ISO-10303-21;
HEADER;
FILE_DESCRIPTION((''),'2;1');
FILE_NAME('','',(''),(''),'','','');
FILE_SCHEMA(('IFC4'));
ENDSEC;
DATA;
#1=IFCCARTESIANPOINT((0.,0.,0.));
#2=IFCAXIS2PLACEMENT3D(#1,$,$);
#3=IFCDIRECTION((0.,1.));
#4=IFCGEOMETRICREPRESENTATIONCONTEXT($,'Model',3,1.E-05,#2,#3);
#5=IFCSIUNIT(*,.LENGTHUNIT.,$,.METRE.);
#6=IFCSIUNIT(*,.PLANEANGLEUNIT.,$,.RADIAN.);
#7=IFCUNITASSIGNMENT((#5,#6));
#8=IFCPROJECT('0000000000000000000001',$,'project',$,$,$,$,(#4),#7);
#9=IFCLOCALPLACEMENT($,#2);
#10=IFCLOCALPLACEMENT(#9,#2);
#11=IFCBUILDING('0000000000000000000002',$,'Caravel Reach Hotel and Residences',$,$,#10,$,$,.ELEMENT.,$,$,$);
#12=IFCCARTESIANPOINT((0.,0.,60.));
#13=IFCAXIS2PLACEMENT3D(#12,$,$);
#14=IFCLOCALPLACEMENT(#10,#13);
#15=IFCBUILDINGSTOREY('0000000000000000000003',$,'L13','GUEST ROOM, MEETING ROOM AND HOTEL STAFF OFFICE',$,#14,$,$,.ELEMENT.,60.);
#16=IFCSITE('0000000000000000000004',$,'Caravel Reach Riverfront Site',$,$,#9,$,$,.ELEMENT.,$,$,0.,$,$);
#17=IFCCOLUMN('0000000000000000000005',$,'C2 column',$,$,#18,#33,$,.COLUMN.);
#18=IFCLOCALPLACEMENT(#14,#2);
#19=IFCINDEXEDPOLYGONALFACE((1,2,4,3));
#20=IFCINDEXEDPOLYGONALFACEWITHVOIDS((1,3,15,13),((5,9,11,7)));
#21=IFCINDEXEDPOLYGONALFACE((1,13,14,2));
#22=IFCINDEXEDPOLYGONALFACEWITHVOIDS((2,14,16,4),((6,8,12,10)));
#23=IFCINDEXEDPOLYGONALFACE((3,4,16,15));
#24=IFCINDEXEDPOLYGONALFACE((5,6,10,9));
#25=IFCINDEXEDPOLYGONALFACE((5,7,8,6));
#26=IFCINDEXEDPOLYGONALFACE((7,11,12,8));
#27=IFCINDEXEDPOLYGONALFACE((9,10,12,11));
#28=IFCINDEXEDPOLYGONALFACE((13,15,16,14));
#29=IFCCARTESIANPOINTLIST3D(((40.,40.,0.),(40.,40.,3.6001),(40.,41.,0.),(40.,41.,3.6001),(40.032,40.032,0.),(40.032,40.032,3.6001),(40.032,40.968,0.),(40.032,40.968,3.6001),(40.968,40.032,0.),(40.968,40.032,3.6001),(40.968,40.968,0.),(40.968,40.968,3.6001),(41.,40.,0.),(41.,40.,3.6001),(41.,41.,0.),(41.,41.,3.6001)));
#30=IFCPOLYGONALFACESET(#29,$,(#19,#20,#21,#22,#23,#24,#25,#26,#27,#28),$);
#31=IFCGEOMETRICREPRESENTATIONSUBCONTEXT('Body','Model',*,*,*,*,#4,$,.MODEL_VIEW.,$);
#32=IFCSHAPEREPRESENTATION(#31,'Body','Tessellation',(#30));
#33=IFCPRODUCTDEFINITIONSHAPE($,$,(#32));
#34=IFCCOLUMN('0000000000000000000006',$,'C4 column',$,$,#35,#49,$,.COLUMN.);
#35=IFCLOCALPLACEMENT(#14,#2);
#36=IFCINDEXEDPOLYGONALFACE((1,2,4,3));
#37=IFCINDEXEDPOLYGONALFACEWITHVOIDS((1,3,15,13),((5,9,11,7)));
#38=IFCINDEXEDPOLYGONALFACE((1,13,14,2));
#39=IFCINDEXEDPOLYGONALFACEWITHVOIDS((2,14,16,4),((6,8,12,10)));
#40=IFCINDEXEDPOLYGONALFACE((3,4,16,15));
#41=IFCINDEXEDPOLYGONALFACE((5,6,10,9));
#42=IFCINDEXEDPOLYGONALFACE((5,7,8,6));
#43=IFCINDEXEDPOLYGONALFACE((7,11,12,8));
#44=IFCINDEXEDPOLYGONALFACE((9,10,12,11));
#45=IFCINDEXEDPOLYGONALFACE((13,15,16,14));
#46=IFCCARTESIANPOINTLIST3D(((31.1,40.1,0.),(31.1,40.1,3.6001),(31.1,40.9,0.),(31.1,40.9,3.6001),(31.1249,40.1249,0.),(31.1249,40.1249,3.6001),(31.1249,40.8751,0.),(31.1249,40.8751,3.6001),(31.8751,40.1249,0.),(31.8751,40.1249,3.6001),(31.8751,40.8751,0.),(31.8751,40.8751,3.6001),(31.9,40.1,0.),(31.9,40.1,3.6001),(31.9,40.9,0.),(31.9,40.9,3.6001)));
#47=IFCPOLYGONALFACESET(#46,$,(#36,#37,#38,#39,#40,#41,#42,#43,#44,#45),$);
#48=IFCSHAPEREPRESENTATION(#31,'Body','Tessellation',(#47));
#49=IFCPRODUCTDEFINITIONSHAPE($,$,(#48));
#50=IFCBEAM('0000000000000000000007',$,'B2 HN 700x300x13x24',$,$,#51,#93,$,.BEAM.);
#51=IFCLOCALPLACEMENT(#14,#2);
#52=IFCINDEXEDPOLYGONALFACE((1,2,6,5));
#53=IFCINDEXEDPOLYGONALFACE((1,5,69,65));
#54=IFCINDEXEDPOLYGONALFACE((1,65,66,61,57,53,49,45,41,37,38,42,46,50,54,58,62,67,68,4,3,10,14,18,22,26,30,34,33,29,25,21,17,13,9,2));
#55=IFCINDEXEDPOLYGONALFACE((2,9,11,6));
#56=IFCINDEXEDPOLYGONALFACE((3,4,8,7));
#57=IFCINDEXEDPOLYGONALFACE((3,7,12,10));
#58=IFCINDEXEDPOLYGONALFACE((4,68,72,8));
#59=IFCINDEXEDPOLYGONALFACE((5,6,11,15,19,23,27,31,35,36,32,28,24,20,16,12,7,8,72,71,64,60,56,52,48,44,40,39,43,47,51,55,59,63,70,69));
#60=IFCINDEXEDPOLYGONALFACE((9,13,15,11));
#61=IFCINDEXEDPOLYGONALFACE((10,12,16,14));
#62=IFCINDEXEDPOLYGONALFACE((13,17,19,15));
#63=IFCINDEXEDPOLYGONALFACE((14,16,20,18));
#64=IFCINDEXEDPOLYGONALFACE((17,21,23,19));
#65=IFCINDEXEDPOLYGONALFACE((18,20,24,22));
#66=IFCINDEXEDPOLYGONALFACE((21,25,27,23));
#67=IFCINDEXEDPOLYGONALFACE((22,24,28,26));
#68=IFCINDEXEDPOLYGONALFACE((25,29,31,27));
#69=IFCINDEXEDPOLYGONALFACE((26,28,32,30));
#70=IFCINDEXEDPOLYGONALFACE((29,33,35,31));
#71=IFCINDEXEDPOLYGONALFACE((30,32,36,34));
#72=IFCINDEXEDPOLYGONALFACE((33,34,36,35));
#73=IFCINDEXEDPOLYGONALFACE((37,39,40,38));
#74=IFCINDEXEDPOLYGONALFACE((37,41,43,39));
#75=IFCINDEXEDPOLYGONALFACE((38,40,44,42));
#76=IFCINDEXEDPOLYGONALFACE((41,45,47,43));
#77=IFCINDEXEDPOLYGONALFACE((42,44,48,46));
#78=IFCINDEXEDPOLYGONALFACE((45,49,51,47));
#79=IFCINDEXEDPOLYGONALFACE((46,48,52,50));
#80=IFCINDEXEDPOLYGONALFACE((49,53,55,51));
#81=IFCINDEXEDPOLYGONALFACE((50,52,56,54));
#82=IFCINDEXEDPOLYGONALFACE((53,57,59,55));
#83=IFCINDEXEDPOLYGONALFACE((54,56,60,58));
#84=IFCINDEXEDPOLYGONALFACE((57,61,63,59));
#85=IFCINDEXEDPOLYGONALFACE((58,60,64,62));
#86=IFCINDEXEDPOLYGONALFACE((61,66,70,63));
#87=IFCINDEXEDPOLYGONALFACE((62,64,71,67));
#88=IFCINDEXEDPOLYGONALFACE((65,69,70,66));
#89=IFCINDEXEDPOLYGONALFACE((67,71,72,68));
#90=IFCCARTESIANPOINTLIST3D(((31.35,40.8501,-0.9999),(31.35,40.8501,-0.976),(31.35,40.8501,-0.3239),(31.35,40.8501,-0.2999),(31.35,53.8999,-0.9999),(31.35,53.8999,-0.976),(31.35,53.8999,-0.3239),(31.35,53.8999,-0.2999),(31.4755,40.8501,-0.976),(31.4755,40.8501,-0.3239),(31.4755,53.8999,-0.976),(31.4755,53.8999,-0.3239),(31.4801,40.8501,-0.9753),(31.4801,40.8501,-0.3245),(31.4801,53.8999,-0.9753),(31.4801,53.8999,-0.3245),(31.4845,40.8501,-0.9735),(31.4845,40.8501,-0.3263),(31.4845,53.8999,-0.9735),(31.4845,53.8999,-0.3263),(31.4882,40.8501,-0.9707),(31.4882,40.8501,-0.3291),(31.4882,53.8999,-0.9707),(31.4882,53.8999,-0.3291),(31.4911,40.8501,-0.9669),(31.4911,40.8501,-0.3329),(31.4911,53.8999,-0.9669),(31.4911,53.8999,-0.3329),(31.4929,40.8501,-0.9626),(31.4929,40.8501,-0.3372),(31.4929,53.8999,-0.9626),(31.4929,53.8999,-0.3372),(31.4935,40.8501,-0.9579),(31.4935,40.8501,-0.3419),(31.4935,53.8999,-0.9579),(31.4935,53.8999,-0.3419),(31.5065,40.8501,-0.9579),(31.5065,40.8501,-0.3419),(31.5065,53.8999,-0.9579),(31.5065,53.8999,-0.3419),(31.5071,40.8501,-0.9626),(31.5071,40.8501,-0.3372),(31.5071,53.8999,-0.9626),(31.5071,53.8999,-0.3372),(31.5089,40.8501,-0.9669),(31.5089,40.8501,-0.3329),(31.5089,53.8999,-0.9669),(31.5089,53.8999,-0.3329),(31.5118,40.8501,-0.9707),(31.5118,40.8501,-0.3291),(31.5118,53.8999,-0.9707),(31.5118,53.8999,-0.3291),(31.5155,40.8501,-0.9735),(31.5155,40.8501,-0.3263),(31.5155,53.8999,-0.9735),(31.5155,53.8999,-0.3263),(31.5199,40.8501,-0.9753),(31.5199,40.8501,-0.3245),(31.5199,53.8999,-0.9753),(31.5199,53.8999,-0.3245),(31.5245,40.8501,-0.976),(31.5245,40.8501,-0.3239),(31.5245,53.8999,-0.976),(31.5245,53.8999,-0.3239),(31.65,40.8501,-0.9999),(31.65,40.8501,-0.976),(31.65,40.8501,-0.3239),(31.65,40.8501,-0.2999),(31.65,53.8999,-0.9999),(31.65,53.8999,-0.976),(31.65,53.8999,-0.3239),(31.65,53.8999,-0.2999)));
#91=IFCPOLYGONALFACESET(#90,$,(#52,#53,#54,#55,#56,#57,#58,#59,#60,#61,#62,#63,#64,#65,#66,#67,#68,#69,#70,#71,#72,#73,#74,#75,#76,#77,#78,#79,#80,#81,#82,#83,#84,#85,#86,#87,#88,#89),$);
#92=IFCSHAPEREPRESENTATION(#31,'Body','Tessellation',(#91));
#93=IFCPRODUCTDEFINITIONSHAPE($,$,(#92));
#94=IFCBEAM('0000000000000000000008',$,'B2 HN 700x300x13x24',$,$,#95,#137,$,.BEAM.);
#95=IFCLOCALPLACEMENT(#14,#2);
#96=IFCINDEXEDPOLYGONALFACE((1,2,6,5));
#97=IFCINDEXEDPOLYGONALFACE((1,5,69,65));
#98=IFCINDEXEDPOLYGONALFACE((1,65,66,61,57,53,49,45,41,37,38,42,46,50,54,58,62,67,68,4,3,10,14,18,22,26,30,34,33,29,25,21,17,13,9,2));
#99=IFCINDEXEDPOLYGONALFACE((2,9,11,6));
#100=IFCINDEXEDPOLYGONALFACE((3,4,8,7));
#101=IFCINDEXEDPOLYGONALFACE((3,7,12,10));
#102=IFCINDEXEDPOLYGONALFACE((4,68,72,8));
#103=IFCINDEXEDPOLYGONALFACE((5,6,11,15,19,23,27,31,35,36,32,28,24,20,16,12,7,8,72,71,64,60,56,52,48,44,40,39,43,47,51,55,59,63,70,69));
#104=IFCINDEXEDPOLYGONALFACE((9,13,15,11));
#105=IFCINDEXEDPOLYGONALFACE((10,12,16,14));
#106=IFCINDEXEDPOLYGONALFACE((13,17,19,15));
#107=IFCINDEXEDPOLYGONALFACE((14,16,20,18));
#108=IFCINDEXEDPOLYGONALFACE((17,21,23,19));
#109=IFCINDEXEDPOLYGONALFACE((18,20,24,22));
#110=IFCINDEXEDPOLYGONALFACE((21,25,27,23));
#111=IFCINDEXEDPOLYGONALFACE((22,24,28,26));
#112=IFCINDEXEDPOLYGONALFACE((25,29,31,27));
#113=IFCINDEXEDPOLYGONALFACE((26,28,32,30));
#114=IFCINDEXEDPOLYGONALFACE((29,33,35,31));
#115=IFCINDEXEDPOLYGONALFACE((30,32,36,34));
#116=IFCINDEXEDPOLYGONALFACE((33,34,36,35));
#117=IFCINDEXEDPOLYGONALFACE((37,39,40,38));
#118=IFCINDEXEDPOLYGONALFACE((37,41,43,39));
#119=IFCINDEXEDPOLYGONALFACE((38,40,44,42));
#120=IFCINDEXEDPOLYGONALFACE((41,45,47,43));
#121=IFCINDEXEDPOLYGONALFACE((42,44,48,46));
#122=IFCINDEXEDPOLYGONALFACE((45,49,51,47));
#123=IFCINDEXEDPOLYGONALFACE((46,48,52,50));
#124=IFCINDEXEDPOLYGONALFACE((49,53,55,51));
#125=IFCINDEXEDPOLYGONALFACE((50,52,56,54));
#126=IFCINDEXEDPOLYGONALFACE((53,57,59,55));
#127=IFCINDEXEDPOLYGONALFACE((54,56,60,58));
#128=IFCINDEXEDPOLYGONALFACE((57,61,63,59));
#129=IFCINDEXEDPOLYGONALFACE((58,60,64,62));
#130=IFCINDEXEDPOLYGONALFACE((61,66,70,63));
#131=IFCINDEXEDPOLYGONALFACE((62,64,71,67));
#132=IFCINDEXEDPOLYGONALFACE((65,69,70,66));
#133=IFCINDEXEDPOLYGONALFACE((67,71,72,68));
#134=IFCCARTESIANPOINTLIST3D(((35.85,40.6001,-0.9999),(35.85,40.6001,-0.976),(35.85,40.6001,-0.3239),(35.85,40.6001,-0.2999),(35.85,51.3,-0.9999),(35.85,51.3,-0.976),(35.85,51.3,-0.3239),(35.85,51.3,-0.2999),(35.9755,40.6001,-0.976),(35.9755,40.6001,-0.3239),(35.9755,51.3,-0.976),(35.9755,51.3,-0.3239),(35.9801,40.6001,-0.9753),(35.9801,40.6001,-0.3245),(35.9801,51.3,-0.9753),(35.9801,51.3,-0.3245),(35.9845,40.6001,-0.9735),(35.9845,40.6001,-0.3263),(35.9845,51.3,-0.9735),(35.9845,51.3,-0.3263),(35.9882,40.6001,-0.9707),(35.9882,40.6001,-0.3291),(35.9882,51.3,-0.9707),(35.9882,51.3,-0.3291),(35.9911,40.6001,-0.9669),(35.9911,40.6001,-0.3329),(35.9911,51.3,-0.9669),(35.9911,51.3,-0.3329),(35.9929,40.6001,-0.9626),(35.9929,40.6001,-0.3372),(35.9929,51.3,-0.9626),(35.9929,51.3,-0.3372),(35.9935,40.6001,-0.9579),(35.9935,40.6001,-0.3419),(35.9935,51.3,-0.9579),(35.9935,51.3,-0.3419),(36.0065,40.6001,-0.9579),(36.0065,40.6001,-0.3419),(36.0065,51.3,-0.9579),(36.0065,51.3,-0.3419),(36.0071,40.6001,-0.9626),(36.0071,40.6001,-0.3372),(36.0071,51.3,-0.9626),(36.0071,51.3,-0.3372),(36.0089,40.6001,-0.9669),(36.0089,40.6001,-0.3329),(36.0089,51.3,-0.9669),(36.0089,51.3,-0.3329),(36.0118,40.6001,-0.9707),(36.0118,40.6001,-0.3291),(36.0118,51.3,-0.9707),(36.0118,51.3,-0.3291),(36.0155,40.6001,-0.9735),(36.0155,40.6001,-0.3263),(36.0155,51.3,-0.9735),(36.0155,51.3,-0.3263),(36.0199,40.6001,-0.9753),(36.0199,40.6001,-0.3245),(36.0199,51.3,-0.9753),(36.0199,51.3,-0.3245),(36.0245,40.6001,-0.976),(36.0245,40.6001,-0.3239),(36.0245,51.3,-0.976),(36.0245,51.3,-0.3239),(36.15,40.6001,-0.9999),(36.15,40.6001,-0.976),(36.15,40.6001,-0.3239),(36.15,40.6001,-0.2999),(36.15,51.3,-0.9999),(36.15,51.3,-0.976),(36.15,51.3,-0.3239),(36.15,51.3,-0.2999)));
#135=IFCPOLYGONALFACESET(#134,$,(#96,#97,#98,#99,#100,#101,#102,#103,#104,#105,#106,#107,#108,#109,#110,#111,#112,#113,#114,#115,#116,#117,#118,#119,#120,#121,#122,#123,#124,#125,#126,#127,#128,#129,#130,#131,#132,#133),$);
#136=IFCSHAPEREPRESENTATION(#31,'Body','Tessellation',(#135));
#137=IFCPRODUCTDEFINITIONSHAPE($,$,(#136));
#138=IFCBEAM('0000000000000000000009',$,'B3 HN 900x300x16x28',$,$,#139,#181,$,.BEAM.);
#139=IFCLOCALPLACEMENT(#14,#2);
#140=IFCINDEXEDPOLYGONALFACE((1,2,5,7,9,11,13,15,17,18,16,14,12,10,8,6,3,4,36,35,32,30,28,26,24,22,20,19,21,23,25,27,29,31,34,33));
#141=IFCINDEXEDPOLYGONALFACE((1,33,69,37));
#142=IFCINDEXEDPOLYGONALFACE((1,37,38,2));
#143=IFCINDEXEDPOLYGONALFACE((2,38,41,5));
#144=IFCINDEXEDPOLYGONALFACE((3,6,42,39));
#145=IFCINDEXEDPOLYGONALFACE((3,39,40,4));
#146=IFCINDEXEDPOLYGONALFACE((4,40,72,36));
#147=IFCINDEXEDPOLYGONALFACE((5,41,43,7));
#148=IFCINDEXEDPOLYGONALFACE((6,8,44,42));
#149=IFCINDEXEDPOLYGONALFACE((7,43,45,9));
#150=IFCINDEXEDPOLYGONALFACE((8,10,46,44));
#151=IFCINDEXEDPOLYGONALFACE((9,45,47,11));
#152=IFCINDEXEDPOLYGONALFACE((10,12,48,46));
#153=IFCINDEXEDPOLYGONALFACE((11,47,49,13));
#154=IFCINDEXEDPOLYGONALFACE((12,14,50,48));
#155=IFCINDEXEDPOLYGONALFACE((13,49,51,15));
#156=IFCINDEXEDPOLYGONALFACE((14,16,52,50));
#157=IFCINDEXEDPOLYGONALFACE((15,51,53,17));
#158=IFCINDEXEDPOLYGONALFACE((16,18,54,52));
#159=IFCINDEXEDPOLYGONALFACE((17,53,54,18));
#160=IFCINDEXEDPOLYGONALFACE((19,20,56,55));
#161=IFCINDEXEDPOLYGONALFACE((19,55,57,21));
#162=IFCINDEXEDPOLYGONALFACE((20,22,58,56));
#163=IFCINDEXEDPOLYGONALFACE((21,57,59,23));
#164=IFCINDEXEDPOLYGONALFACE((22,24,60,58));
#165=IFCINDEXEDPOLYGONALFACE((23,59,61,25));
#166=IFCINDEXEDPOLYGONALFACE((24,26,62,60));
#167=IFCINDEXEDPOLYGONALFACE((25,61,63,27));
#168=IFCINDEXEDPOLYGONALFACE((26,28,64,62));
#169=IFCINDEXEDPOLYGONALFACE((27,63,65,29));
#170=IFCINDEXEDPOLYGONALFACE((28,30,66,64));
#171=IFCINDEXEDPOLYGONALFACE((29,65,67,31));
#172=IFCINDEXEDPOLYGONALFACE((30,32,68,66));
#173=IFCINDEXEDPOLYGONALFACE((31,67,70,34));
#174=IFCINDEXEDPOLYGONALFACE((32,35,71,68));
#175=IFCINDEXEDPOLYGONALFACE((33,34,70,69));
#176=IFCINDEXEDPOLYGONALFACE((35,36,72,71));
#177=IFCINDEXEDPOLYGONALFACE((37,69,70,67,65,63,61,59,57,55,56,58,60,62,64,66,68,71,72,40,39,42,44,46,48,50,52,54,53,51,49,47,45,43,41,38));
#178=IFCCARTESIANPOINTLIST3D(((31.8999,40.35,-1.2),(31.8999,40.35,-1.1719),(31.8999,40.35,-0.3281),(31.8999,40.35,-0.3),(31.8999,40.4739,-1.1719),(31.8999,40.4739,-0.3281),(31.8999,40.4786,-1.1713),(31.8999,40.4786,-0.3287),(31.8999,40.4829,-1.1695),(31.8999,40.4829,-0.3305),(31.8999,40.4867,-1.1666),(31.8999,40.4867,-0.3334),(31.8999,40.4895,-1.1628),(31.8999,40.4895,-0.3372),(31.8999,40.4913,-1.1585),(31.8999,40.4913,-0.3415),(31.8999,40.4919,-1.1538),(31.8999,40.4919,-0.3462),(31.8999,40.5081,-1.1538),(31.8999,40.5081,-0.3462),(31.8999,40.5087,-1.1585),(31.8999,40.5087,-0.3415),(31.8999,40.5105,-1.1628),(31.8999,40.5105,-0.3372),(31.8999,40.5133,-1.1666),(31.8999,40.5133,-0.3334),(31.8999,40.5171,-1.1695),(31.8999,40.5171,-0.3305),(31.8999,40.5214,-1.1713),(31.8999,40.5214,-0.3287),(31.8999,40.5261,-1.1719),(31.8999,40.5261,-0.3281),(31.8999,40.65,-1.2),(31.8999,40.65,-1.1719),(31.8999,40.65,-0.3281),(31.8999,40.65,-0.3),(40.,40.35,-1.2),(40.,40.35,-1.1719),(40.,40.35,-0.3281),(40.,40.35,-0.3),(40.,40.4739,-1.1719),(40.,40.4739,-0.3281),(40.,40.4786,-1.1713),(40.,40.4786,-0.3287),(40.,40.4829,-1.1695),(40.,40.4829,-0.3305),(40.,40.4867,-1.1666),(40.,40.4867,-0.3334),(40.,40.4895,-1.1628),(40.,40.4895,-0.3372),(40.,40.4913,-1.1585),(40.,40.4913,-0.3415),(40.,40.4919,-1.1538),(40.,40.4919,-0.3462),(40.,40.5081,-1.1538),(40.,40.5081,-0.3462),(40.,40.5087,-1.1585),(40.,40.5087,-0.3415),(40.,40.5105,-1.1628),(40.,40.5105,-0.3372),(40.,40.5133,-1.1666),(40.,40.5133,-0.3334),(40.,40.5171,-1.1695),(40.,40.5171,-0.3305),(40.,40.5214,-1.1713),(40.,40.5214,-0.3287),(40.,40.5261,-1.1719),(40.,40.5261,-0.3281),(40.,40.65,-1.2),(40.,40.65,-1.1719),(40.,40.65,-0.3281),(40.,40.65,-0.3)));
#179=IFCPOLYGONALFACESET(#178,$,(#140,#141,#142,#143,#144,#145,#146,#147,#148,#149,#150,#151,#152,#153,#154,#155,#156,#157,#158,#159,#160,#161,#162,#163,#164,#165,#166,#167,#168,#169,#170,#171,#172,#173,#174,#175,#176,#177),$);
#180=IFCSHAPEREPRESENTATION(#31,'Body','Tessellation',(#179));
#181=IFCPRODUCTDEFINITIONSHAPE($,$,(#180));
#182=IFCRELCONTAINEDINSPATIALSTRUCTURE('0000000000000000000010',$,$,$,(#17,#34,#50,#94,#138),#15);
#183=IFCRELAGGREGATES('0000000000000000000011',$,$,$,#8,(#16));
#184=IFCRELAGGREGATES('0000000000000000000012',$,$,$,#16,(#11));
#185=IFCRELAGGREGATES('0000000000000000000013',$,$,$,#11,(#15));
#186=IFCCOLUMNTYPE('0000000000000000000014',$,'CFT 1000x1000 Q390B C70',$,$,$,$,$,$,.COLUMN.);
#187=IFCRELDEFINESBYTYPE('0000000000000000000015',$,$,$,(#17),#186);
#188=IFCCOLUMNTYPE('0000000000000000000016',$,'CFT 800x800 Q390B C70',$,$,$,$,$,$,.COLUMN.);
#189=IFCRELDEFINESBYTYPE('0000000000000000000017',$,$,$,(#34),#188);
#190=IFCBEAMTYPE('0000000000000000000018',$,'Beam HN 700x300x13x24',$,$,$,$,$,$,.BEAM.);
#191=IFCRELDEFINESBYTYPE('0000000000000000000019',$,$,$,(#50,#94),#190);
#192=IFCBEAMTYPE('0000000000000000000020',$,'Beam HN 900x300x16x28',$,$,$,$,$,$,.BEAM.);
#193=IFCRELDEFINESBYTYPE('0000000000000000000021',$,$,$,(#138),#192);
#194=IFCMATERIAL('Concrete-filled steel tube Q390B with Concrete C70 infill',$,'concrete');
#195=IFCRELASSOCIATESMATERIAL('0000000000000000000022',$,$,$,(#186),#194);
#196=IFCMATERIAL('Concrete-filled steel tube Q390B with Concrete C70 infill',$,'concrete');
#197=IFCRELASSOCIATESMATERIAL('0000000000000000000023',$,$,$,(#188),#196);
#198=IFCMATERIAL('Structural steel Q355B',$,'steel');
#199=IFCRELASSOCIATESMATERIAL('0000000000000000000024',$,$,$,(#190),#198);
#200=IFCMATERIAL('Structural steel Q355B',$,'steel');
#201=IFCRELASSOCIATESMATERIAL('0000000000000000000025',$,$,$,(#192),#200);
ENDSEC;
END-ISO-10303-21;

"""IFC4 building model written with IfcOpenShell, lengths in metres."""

from ifc_helpers import new_model, si_unit, direction, frame, origin, origin_2d, place, context, subcontext, project, spatial, hollow_rectangle, i_section, extrude, material, material_profile, profile_set, type_object, element, save


model = new_model("IFC4")

# Units and contexts
model_context = context("Model", 3, precision=1e-05, world=origin(), true_north=direction((0.0, 1.0)))
body_context = subcontext(model_context, "Body", "Model", "MODEL_VIEW")
ifc_project = project(units=[si_unit("LENGTHUNIT", "METRE"), si_unit("PLANEANGLEUNIT", "RADIAN")], contexts=[model_context])

# Site, building, storey
site_placement = place(None, origin())
site = spatial("IfcSite", under=ifc_project, at=site_placement, Name="Caravel Reach Riverfront Site", CompositionType="ELEMENT", RefElevation=0.0)
building_placement = place(site_placement, origin())
building = spatial("IfcBuilding", under=site, at=building_placement, Name="Caravel Reach Hotel and Residences", CompositionType="ELEMENT")
storey_placement = place(building_placement, frame((0.0, 0.0, 60.0)))
storey = spatial("IfcBuildingStorey", under=building, at=storey_placement, Name="L13", Description="GUEST ROOM, MEETING ROOM AND HOTEL STAFF OFFICE", CompositionType="ELEMENT", Elevation=60.0)

# Columns
ifc_material_1 = material(Name="Concrete-filled steel tube Q390B with Concrete C70 infill", Category="concrete")
ifc_material_profile_1 = material_profile(ifc_material_1, hollow_rectangle(XDim=1.0, YDim=1.0, WallThickness=0.032, at=origin_2d()), Name="RHS 1000x1000x32")
ifc_profile_set_1 = profile_set([ifc_material_profile_1], Name="Concrete-filled steel tube Q390B with Concrete C70 infill")
column_type_1 = type_object("IfcColumnType", Name="CFT 1000x1000 Q390B C70", PredefinedType="COLUMN", material=ifc_profile_set_1)
column_1_placement = place(storey_placement, frame((40.5, 40.5, 0.0), z_axis=(0.0, 0.0, 1.0), x_axis=(1.0, 0.0, 0.0)))
element("IfcColumn", 1, at=column_1_placement, inside=storey, type_object=column_type_1, Name="C2 column", PredefinedType="COLUMN", context=body_context, shape_type="SweptSolid", body=[
    extrude(hollow_rectangle(XDim=1.0, YDim=1.0, WallThickness=0.032, at=origin_2d()), origin(), (0.0, 0.0, 1.0), 3.6001),
])
ifc_material_2 = material(Name="Concrete-filled steel tube Q390B with Concrete C70 infill", Category="concrete")
ifc_material_profile_2 = material_profile(ifc_material_2, hollow_rectangle(XDim=0.8, YDim=0.8, WallThickness=0.0249, at=origin_2d()), Name="RHS 800x800x25")
ifc_profile_set_2 = profile_set([ifc_material_profile_2], Name="Concrete-filled steel tube Q390B with Concrete C70 infill")
column_type_2 = type_object("IfcColumnType", Name="CFT 800x800 Q390B C70", PredefinedType="COLUMN", material=ifc_profile_set_2)
column_2_placement = place(storey_placement, frame((31.5, 40.5, 0.0), z_axis=(0.0, 0.0, 1.0), x_axis=(1.0, 0.0, 0.0)))
element("IfcColumn", 2, at=column_2_placement, inside=storey, type_object=column_type_2, Name="C4 column", PredefinedType="COLUMN", context=body_context, shape_type="SweptSolid", body=[
    extrude(hollow_rectangle(XDim=0.8, YDim=0.8, WallThickness=0.0249, at=origin_2d()), origin(), (0.0, 0.0, 1.0), 3.6001),
])

# Beams
ifc_material_3 = material(Name="Structural steel Q355B", Category="steel")
ifc_material_profile_3 = material_profile(ifc_material_3, i_section(OverallWidth=0.3, OverallDepth=0.7, WebThickness=0.0129, FlangeThickness=0.0239, FilletRadius=0.0181, at=origin_2d()), Name="HN 700x300x13x24")
ifc_profile_set_3 = profile_set([ifc_material_profile_3], Name="Structural steel Q355B")
beam_type_1 = type_object("IfcBeamType", Name="Beam HN 700x300x13x24", PredefinedType="BEAM", material=ifc_profile_set_3)
beam_1_placement = place(storey_placement, frame((31.5, 40.8501, -0.6499), z_axis=(0.0, 1.0, 0.0), x_axis=(-1.0, 0.0, 0.0)))
element("IfcBeam", 3, at=beam_1_placement, inside=storey, type_object=beam_type_1, Name="B2 HN 700x300x13x24", PredefinedType="BEAM", context=body_context, shape_type="SweptSolid", body=[
    extrude(i_section(OverallWidth=0.3, OverallDepth=0.7, WebThickness=0.0129, FlangeThickness=0.0239, FilletRadius=0.0181, at=origin_2d()), origin(), (0.0, 0.0, 1.0), 13.0498),
])
beam_2_placement = place(storey_placement, frame((36.0, 40.6001, -0.6499), z_axis=(0.0, 1.0, 0.0), x_axis=(-1.0, 0.0, 0.0)))
element("IfcBeam", 4, at=beam_2_placement, inside=storey, type_object=beam_type_1, Name="B2 HN 700x300x13x24", PredefinedType="BEAM", context=body_context, shape_type="SweptSolid", body=[
    extrude(i_section(OverallWidth=0.3, OverallDepth=0.7, WebThickness=0.0129, FlangeThickness=0.0239, FilletRadius=0.0181, at=origin_2d()), origin(), (0.0, 0.0, 1.0), 10.7),
])
ifc_material_4 = material(Name="Structural steel Q355B", Category="steel")
ifc_material_profile_4 = material_profile(ifc_material_4, i_section(OverallWidth=0.3, OverallDepth=0.8999, WebThickness=0.0161, FlangeThickness=0.0281, FilletRadius=0.0181, at=origin_2d()), Name="HN 900x300x16x28")
ifc_profile_set_4 = profile_set([ifc_material_profile_4], Name="Structural steel Q355B")
beam_type_2 = type_object("IfcBeamType", Name="Beam HN 900x300x16x28", PredefinedType="BEAM", material=ifc_profile_set_4)
beam_3_placement = place(storey_placement, frame((31.8999, 40.5, -0.75), z_axis=(1.0, 0.0, 0.0), x_axis=(0.0, 1.0, 0.0)))
element("IfcBeam", 5, at=beam_3_placement, inside=storey, type_object=beam_type_2, Name="B3 HN 900x300x16x28", PredefinedType="BEAM", context=body_context, shape_type="SweptSolid", body=[
    extrude(i_section(OverallWidth=0.3, OverallDepth=0.8999, WebThickness=0.0161, FlangeThickness=0.0281, FilletRadius=0.0181, at=origin_2d()), origin(), (0.0, 0.0, 1.0), 8.1001),
])

save(model, "model.ifc")
